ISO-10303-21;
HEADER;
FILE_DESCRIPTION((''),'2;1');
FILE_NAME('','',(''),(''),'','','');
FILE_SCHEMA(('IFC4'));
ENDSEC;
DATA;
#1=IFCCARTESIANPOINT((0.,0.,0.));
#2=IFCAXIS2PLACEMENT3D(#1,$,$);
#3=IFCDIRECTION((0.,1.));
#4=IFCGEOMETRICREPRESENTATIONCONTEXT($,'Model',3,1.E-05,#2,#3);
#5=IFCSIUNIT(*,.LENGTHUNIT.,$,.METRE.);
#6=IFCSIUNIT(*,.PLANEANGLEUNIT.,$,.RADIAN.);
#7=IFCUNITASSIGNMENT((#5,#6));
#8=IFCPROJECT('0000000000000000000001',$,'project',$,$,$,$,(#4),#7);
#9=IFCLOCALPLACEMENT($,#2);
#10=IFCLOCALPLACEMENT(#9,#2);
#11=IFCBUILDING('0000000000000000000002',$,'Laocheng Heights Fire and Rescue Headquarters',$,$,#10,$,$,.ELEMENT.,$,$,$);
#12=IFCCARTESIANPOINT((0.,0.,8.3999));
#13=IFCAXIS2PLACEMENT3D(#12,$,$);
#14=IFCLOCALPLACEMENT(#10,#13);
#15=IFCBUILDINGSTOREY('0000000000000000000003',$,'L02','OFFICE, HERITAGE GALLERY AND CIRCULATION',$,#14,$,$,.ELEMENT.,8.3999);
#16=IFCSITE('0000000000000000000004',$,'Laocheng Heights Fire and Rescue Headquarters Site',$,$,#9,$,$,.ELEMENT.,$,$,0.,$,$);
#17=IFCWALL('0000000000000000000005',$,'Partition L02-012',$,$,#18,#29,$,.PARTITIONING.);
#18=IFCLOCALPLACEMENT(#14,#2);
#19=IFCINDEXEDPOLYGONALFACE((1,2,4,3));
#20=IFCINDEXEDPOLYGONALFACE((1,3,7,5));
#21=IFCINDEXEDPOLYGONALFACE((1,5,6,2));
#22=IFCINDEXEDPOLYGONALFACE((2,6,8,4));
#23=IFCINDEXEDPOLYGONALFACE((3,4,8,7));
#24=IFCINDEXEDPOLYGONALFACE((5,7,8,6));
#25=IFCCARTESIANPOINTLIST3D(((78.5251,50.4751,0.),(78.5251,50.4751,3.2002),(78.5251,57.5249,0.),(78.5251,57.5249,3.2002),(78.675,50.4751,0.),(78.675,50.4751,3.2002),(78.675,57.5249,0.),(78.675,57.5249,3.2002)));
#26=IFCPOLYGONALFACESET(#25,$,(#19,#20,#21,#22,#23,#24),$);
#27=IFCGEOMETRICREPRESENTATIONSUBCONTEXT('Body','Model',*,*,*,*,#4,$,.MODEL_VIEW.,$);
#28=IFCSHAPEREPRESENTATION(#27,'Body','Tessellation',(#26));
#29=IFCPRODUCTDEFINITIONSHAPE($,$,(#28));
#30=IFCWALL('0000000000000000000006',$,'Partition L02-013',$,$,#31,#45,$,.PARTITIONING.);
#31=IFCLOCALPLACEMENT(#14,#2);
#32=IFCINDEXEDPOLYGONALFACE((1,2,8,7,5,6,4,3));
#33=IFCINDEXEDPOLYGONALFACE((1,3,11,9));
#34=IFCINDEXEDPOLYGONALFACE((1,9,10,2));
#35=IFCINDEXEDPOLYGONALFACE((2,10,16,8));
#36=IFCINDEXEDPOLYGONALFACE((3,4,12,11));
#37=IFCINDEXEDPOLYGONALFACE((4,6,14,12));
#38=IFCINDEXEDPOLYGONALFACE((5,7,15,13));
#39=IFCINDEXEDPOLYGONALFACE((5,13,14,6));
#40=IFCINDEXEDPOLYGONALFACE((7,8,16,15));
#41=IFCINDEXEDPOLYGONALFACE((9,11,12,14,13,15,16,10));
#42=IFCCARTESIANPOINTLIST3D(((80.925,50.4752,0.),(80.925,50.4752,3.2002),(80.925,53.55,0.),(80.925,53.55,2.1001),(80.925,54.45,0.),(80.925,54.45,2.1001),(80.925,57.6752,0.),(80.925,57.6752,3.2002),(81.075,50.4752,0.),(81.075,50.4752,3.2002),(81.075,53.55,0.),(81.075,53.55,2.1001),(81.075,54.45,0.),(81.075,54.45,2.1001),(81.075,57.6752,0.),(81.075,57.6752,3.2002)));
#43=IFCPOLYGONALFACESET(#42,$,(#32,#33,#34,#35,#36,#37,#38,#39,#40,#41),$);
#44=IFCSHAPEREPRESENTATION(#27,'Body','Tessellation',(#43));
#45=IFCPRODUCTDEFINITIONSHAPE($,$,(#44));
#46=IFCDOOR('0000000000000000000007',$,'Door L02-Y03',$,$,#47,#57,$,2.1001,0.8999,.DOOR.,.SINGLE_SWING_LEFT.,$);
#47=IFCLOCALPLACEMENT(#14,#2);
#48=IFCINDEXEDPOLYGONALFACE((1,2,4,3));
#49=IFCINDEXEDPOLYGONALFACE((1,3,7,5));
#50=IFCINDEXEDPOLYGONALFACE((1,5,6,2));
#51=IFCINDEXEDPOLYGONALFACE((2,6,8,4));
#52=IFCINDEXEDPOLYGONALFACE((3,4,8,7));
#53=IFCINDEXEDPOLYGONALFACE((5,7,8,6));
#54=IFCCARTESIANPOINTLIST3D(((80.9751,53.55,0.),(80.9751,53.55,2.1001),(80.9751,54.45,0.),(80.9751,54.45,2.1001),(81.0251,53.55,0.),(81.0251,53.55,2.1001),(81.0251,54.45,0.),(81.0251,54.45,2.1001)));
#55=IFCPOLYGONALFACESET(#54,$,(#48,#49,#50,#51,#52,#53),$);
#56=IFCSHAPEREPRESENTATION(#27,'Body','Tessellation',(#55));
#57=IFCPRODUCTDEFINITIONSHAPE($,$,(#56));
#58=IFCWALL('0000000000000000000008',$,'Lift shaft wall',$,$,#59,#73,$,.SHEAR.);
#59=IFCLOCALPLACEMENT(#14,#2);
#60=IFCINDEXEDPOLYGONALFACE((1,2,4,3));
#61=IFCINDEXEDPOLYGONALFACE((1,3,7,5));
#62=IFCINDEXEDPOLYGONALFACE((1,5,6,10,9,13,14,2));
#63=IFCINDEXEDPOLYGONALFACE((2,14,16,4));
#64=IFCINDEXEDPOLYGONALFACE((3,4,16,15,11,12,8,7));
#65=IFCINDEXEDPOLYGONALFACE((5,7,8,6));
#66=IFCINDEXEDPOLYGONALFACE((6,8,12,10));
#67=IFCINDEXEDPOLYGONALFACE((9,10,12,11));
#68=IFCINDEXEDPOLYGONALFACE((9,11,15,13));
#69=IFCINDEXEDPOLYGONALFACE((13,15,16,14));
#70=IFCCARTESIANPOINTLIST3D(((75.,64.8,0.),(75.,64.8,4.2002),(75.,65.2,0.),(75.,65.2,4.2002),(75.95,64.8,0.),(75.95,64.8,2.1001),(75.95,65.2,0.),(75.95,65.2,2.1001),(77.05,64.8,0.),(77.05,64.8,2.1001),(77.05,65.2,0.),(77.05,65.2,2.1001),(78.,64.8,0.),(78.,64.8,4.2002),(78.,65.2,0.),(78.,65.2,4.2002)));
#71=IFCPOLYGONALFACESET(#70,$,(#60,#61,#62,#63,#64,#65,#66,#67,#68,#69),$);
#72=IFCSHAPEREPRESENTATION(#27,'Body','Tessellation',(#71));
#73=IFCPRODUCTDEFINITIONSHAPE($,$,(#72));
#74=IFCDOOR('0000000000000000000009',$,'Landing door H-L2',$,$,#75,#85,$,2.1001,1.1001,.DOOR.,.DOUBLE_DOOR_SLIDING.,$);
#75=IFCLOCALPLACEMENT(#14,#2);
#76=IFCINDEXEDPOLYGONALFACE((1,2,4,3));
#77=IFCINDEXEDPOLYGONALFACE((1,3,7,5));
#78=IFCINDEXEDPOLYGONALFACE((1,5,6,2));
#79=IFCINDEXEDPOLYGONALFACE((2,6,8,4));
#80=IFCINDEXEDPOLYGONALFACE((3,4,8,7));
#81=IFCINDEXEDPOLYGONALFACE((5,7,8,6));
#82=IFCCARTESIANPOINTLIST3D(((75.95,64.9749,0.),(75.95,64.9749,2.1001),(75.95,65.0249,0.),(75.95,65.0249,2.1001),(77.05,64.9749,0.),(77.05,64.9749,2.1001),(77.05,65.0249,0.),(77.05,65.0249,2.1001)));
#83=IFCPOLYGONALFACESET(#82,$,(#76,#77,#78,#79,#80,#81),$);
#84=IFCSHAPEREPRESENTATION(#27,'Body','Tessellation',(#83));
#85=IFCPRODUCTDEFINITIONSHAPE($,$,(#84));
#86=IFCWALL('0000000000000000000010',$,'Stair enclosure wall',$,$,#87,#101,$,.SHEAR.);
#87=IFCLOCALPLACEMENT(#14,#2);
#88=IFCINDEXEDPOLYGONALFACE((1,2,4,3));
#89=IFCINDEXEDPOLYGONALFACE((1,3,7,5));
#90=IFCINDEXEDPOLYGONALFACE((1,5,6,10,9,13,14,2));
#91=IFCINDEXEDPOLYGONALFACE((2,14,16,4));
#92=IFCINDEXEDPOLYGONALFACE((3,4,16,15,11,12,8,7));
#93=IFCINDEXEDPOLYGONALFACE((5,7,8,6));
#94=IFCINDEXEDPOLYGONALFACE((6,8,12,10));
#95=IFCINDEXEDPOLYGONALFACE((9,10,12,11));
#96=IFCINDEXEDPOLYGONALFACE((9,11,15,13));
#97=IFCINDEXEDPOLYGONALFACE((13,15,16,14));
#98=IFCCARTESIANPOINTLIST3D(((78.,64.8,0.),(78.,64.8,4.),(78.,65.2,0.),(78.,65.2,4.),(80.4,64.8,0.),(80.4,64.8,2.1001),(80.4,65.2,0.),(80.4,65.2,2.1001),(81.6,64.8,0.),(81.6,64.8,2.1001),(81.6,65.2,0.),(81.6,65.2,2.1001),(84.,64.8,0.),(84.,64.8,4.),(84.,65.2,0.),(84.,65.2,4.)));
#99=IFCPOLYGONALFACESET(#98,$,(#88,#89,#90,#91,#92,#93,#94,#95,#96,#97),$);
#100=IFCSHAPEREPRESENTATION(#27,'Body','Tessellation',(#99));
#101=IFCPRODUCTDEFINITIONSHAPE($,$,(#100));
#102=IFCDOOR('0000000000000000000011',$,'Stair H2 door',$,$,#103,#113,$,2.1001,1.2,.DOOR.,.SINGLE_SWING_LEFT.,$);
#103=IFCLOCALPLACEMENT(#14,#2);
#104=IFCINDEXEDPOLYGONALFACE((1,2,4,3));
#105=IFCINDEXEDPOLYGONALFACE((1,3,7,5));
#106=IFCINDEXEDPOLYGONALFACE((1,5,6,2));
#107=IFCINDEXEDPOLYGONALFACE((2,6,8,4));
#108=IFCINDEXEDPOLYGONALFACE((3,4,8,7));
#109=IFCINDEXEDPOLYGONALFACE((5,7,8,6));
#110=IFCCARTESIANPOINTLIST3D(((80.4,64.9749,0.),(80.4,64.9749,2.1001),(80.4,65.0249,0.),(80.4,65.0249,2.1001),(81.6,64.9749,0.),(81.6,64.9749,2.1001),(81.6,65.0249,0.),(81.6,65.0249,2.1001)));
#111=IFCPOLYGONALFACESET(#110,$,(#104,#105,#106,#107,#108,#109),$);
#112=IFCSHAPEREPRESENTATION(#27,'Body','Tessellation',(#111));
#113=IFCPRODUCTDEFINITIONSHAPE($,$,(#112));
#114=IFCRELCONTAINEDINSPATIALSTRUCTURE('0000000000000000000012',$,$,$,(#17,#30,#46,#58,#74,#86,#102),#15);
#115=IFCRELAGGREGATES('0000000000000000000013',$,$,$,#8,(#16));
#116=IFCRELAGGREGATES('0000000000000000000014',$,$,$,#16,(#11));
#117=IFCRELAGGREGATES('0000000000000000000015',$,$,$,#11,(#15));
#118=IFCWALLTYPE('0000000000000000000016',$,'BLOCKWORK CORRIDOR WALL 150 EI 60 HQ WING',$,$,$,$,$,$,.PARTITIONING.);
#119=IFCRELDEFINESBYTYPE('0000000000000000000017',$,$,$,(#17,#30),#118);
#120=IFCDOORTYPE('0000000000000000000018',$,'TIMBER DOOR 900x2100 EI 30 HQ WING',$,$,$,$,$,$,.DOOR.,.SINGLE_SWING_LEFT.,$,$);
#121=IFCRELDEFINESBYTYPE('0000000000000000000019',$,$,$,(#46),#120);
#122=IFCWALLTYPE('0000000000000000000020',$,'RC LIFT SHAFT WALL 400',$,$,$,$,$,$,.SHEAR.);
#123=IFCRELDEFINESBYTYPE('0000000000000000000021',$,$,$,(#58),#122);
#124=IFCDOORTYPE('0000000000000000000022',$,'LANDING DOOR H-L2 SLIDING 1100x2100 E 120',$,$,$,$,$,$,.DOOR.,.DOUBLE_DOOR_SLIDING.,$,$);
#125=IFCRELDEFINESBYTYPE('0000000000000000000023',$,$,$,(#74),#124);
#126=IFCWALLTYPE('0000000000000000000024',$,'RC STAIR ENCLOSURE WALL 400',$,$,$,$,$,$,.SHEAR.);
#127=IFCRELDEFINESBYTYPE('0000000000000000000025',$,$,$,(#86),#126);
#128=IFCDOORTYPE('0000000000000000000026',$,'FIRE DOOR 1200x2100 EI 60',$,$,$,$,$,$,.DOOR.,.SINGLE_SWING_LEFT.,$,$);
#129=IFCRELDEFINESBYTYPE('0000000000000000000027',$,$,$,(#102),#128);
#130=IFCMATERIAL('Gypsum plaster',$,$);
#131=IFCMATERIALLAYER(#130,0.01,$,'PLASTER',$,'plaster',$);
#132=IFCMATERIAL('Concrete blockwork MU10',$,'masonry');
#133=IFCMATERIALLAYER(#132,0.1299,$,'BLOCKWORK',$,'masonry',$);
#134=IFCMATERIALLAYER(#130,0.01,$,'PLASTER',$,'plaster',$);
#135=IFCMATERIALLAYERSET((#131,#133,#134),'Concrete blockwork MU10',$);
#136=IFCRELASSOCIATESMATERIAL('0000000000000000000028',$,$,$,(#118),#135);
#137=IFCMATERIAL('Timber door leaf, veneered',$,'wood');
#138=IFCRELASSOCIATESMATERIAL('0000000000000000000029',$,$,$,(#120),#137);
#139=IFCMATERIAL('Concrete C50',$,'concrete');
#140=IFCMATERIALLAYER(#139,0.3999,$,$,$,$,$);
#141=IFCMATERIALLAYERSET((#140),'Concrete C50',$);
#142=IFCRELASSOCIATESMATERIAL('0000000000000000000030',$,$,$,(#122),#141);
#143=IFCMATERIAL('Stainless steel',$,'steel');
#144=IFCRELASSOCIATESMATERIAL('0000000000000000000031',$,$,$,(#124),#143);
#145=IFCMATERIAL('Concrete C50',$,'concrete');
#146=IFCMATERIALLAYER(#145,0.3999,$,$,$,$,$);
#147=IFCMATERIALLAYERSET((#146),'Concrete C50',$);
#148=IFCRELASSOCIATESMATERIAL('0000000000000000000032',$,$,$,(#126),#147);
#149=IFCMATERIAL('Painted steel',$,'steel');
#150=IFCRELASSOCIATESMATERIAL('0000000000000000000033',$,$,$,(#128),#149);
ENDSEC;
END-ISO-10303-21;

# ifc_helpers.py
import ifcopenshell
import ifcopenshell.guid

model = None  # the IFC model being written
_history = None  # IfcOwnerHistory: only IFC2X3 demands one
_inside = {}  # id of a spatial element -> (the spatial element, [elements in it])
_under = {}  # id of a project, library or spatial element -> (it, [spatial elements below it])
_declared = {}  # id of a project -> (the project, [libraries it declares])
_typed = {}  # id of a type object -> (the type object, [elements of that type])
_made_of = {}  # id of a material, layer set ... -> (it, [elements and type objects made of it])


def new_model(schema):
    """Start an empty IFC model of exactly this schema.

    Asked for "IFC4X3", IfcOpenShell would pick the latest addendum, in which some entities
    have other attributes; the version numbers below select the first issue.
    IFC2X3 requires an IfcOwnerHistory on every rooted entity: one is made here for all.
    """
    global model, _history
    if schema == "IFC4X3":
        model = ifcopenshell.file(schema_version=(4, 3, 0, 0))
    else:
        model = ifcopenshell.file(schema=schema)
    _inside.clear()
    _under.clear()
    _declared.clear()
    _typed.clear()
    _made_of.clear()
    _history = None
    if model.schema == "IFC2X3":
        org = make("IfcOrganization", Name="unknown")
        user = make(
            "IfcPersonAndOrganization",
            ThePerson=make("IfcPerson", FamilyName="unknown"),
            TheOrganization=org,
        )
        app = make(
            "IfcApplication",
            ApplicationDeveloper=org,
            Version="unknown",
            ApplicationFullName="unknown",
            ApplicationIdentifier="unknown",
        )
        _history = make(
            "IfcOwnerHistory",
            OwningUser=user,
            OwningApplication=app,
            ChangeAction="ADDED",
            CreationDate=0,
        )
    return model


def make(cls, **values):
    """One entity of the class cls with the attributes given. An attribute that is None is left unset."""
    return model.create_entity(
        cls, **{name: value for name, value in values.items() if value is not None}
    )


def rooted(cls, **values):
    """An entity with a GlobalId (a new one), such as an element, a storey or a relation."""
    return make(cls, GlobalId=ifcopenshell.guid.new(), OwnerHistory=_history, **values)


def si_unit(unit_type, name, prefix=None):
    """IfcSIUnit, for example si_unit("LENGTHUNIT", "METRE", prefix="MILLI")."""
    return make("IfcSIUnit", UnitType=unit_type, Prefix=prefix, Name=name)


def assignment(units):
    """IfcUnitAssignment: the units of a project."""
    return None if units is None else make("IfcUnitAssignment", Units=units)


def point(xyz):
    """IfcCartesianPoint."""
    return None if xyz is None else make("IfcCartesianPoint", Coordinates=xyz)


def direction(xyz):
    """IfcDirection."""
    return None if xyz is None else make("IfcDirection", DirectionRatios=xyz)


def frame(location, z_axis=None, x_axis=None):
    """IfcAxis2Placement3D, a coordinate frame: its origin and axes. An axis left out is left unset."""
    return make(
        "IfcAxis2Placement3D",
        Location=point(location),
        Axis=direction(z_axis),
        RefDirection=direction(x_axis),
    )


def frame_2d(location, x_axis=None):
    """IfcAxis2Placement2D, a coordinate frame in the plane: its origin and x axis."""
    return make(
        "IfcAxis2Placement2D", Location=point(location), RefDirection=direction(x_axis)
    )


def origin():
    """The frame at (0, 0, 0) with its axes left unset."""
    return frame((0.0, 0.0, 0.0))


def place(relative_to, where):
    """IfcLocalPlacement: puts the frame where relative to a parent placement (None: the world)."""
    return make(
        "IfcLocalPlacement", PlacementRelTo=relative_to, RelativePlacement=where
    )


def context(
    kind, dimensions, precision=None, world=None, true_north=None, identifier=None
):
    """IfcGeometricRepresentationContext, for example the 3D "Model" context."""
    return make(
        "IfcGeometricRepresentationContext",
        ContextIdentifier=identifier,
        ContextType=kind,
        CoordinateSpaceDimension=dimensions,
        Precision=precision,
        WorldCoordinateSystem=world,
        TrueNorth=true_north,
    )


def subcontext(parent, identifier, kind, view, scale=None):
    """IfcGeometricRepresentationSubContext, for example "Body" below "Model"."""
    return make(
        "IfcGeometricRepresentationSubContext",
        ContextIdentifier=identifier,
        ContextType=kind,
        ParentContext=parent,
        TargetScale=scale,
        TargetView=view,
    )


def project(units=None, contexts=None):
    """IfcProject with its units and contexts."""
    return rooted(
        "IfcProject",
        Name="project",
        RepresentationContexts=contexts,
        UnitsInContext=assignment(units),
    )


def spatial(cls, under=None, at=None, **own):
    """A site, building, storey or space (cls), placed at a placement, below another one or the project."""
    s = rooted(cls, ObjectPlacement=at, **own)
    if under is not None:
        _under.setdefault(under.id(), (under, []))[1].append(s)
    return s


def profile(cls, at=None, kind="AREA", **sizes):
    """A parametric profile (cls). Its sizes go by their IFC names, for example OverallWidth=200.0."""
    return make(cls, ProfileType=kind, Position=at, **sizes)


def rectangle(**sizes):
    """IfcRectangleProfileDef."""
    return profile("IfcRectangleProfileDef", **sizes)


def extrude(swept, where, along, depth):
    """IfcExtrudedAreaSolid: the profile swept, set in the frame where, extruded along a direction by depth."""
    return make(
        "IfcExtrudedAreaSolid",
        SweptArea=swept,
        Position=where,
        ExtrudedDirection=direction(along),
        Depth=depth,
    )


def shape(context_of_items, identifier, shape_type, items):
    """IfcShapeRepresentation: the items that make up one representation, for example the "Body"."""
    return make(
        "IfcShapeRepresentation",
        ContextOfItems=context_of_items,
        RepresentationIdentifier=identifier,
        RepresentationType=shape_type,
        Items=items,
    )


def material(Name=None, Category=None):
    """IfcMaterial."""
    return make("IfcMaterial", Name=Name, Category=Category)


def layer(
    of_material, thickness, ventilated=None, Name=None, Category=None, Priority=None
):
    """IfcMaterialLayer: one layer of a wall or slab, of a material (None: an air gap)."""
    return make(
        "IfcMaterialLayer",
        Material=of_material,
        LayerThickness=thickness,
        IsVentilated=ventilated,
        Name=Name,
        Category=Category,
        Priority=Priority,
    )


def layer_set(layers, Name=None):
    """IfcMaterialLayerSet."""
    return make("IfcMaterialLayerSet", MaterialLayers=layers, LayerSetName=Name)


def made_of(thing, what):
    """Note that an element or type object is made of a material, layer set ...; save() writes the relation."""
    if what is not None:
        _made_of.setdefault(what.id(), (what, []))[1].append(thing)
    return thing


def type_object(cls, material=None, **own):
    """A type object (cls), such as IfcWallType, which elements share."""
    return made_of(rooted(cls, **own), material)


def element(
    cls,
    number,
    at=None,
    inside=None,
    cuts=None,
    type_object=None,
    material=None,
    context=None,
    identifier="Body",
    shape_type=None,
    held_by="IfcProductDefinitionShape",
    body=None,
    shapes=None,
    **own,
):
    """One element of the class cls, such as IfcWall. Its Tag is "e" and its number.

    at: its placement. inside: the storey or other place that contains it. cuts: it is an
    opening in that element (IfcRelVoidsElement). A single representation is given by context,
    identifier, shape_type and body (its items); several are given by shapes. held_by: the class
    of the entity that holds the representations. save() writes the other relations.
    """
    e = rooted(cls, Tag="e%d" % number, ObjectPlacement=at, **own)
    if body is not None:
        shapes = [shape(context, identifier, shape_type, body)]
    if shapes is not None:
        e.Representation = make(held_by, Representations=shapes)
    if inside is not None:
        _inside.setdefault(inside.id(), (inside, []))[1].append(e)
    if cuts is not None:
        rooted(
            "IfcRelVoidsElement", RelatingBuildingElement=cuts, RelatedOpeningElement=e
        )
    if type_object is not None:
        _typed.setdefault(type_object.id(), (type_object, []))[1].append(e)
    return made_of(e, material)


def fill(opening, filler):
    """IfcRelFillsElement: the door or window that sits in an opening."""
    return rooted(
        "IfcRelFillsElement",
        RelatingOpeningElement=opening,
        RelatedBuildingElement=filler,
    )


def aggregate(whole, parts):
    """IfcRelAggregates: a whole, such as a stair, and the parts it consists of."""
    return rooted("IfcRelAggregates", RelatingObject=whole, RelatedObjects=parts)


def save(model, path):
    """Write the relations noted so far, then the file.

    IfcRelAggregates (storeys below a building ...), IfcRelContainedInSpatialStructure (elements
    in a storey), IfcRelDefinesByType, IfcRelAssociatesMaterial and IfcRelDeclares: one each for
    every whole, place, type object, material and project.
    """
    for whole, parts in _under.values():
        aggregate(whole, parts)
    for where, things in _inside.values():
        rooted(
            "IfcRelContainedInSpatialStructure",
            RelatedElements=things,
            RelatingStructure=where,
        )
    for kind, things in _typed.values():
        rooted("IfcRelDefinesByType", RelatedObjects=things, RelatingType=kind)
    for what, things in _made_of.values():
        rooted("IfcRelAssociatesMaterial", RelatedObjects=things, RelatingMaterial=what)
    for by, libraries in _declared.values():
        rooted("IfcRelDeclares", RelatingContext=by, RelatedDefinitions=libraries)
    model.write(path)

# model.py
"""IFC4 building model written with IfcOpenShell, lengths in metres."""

from ifc_helpers import new_model, si_unit, direction, frame, frame_2d, origin, place, context, subcontext, project, spatial, rectangle, extrude, material, layer, layer_set, type_object, element, fill, save


model = new_model("IFC4")

# Units and contexts
model_context = context("Model", 3, precision=1e-05, world=origin(), true_north=direction((0.0, 1.0)))
body_context = subcontext(model_context, "Body", "Model", "MODEL_VIEW")
ifc_project = project(units=[si_unit("LENGTHUNIT", "METRE"), si_unit("PLANEANGLEUNIT", "RADIAN")], contexts=[model_context])

# Site, building, storey
site_placement = place(None, origin())
site = spatial("IfcSite", under=ifc_project, at=site_placement, Name="Laocheng Heights Fire and Rescue Headquarters Site", CompositionType="ELEMENT", RefElevation=0.0)
building_placement = place(site_placement, origin())
building = spatial("IfcBuilding", under=site, at=building_placement, Name="Laocheng Heights Fire and Rescue Headquarters", CompositionType="ELEMENT")
storey_placement = place(building_placement, frame((0.0, 0.0, 8.3999)))
storey = spatial("IfcBuildingStorey", under=building, at=storey_placement, Name="L02", Description="OFFICE, HERITAGE GALLERY AND CIRCULATION", CompositionType="ELEMENT", Elevation=8.3999)

# Wall
ifc_material_1 = material(Name="Gypsum plaster")
ifc_layer_1 = layer(ifc_material_1, 0.01, Name="PLASTER", Category="plaster")
ifc_material_2 = material(Name="Concrete blockwork MU10", Category="masonry")
ifc_layer_2 = layer(ifc_material_2, 0.1299, Name="BLOCKWORK", Category="masonry")
ifc_layer_3 = layer(ifc_material_1, 0.01, Name="PLASTER", Category="plaster")
ifc_layer_set_1 = layer_set([ifc_layer_1, ifc_layer_2, ifc_layer_3], Name="Concrete blockwork MU10")
wall_type_1 = type_object("IfcWallType", Name="BLOCKWORK CORRIDOR WALL 150 EI 60 HQ WING", PredefinedType="PARTITIONING", material=ifc_layer_set_1)
wall_1_placement = place(storey_placement, frame((78.6001, 50.4751, 0.0), z_axis=(0.0, 0.0, 1.0), x_axis=(0.0, 1.0, 0.0)))
element("IfcWall", 1, at=wall_1_placement, inside=storey, type_object=wall_type_1, Name="Partition L02-012", PredefinedType="PARTITIONING", context=body_context, shape_type="SweptSolid", body=[
    extrude(rectangle(XDim=7.0498, YDim=0.1499, at=frame_2d((3.5249, 0.0))), origin(), (0.0, 0.0, 1.0), 3.2002),
])

# Walls, openings, doors
wall_2_placement = place(storey_placement, frame((81.0, 50.4751, 0.0), z_axis=(0.0, 0.0, 1.0), x_axis=(0.0, 1.0, 0.0)))
wall_2 = element("IfcWall", 2, at=wall_2_placement, inside=storey, type_object=wall_type_1, Name="Partition L02-013", PredefinedType="PARTITIONING", context=body_context, shape_type="SweptSolid", body=[
    extrude(rectangle(XDim=7.2, YDim=0.1499, at=frame_2d((3.6001, 0.0))), origin(), (0.0, 0.0, 1.0), 3.2002),
])
opening_1_placement = place(wall_2_placement, frame((3.075, 0.0, 0.0)))
opening_1 = element("IfcOpeningElement", 3, at=opening_1_placement, cuts=wall_2, PredefinedType="OPENING", context=body_context, shape_type="SweptSolid", body=[
    extrude(rectangle(XDim=0.8999, YDim=2.1001, at=frame_2d((0.45, 1.05))), frame((0.0, 0.085, 0.0), z_axis=(0.0, -1.0, 0.0), x_axis=(1.0, 0.0, 0.0)), (0.0, 0.0, 1.0), 0.1699),
])
ifc_material_3 = material(Name="Timber door leaf, veneered", Category="wood")
door_type_1 = type_object("IfcDoorType", Name="TIMBER DOOR 900x2100 EI 30 HQ WING", OperationType="SINGLE_SWING_LEFT", PredefinedType="DOOR", material=ifc_material_3)
door_1_placement = place(opening_1_placement, origin())
door_1 = element("IfcDoor", 4, at=door_1_placement, inside=storey, type_object=door_type_1, Name="Door L02-Y03", OperationType="SINGLE_SWING_LEFT", OverallHeight=2.1001, OverallWidth=0.8999, PredefinedType="DOOR", context=body_context, shape_type="SweptSolid", body=[
    extrude(rectangle(XDim=0.8999, YDim=2.1001, at=frame_2d((0.45, 1.05))), frame((0.0, 0.0249, 0.0), z_axis=(0.0, -1.0, 0.0), x_axis=(1.0, 0.0, 0.0)), (0.0, 0.0, 1.0), 0.05),
])
fill(opening_1, door_1)
ifc_material_4 = material(Name="Concrete C50", Category="concrete")
ifc_layer_4 = layer(ifc_material_4, 0.3999)
ifc_layer_set_2 = layer_set([ifc_layer_4], Name="Concrete C50")
wall_type_2 = type_object("IfcWallType", Name="RC LIFT SHAFT WALL 400", PredefinedType="SHEAR", material=ifc_layer_set_2)
wall_3_placement = place(storey_placement, frame((75.0, 65.0, 0.0), z_axis=(0.0, 0.0, 1.0), x_axis=(1.0, 0.0, 0.0)))
wall_3 = element("IfcWall", 5, at=wall_3_placement, inside=storey, type_object=wall_type_2, Name="Lift shaft wall", PredefinedType="SHEAR", context=body_context, shape_type="SweptSolid", body=[
    extrude(rectangle(XDim=3.0, YDim=0.3999, at=frame_2d((1.5, 0.0))), origin(), (0.0, 0.0, 1.0), 4.2002),
])
opening_2_placement = place(wall_3_placement, frame((0.95, 0.0, 0.0)))
opening_2 = element("IfcOpeningElement", 6, at=opening_2_placement, cuts=wall_3, PredefinedType="OPENING", context=body_context, shape_type="SweptSolid", body=[
    extrude(rectangle(XDim=1.1001, YDim=2.1001, at=frame_2d((0.55, 1.05))), frame((0.0, 0.21, 0.0), z_axis=(0.0, -1.0, 0.0), x_axis=(1.0, 0.0, 0.0)), (0.0, 0.0, 1.0), 0.4199),
])
ifc_material_5 = material(Name="Stainless steel", Category="steel")
door_type_2 = type_object("IfcDoorType", Name="LANDING DOOR H-L2 SLIDING 1100x2100 E 120", OperationType="DOUBLE_DOOR_SLIDING", PredefinedType="DOOR", material=ifc_material_5)
door_2_placement = place(opening_2_placement, origin())
door_2 = element("IfcDoor", 7, at=door_2_placement, inside=storey, type_object=door_type_2, Name="Landing door H-L2", OperationType="DOUBLE_DOOR_SLIDING", OverallHeight=2.1001, OverallWidth=1.1001, PredefinedType="DOOR", context=body_context, shape_type="SweptSolid", body=[
    extrude(rectangle(XDim=1.1001, YDim=2.1001, at=frame_2d((0.55, 1.05))), frame((0.0, 0.0249, 0.0), z_axis=(0.0, -1.0, 0.0), x_axis=(1.0, 0.0, 0.0)), (0.0, 0.0, 1.0), 0.05),
])
fill(opening_2, door_2)
ifc_material_6 = material(Name="Concrete C50", Category="concrete")
ifc_layer_5 = layer(ifc_material_6, 0.3999)
ifc_layer_set_3 = layer_set([ifc_layer_5], Name="Concrete C50")
wall_type_3 = type_object("IfcWallType", Name="RC STAIR ENCLOSURE WALL 400", PredefinedType="SHEAR", material=ifc_layer_set_3)
wall_4_placement = place(storey_placement, frame((78.0, 65.0, 0.0), z_axis=(0.0, 0.0, 1.0), x_axis=(1.0, 0.0, 0.0)))
wall_4 = element("IfcWall", 8, at=wall_4_placement, inside=storey, type_object=wall_type_3, Name="Stair enclosure wall", PredefinedType="SHEAR", context=body_context, shape_type="SweptSolid", body=[
    extrude(rectangle(XDim=6.0, YDim=0.3999, at=frame_2d((3.0, 0.0))), origin(), (0.0, 0.0, 1.0), 4.0),
])
opening_3_placement = place(wall_4_placement, frame((2.3999, 0.0, 0.0)))
opening_3 = element("IfcOpeningElement", 9, at=opening_3_placement, cuts=wall_4, PredefinedType="OPENING", context=body_context, shape_type="SweptSolid", body=[
    extrude(rectangle(XDim=1.2, YDim=2.1001, at=frame_2d((0.6001, 1.05))), frame((0.0, 0.21, 0.0), z_axis=(0.0, -1.0, 0.0), x_axis=(1.0, 0.0, 0.0)), (0.0, 0.0, 1.0), 0.4199),
])
ifc_material_7 = material(Name="Painted steel", Category="steel")
door_type_3 = type_object("IfcDoorType", Name="FIRE DOOR 1200x2100 EI 60", OperationType="SINGLE_SWING_LEFT", PredefinedType="DOOR", material=ifc_material_7)
door_3_placement = place(opening_3_placement, origin())
door_3 = element("IfcDoor", 10, at=door_3_placement, inside=storey, type_object=door_type_3, Name="Stair H2 door", OperationType="SINGLE_SWING_LEFT", OverallHeight=2.1001, OverallWidth=1.2, PredefinedType="DOOR", context=body_context, shape_type="SweptSolid", body=[
    extrude(rectangle(XDim=1.2, YDim=2.1001, at=frame_2d((0.6001, 1.05))), frame((0.0, 0.0249, 0.0), z_axis=(0.0, -1.0, 0.0), x_axis=(1.0, 0.0, 0.0)), (0.0, 0.0, 1.0), 0.05),
])
fill(opening_3, door_3)

save(model, "model.ifc")
